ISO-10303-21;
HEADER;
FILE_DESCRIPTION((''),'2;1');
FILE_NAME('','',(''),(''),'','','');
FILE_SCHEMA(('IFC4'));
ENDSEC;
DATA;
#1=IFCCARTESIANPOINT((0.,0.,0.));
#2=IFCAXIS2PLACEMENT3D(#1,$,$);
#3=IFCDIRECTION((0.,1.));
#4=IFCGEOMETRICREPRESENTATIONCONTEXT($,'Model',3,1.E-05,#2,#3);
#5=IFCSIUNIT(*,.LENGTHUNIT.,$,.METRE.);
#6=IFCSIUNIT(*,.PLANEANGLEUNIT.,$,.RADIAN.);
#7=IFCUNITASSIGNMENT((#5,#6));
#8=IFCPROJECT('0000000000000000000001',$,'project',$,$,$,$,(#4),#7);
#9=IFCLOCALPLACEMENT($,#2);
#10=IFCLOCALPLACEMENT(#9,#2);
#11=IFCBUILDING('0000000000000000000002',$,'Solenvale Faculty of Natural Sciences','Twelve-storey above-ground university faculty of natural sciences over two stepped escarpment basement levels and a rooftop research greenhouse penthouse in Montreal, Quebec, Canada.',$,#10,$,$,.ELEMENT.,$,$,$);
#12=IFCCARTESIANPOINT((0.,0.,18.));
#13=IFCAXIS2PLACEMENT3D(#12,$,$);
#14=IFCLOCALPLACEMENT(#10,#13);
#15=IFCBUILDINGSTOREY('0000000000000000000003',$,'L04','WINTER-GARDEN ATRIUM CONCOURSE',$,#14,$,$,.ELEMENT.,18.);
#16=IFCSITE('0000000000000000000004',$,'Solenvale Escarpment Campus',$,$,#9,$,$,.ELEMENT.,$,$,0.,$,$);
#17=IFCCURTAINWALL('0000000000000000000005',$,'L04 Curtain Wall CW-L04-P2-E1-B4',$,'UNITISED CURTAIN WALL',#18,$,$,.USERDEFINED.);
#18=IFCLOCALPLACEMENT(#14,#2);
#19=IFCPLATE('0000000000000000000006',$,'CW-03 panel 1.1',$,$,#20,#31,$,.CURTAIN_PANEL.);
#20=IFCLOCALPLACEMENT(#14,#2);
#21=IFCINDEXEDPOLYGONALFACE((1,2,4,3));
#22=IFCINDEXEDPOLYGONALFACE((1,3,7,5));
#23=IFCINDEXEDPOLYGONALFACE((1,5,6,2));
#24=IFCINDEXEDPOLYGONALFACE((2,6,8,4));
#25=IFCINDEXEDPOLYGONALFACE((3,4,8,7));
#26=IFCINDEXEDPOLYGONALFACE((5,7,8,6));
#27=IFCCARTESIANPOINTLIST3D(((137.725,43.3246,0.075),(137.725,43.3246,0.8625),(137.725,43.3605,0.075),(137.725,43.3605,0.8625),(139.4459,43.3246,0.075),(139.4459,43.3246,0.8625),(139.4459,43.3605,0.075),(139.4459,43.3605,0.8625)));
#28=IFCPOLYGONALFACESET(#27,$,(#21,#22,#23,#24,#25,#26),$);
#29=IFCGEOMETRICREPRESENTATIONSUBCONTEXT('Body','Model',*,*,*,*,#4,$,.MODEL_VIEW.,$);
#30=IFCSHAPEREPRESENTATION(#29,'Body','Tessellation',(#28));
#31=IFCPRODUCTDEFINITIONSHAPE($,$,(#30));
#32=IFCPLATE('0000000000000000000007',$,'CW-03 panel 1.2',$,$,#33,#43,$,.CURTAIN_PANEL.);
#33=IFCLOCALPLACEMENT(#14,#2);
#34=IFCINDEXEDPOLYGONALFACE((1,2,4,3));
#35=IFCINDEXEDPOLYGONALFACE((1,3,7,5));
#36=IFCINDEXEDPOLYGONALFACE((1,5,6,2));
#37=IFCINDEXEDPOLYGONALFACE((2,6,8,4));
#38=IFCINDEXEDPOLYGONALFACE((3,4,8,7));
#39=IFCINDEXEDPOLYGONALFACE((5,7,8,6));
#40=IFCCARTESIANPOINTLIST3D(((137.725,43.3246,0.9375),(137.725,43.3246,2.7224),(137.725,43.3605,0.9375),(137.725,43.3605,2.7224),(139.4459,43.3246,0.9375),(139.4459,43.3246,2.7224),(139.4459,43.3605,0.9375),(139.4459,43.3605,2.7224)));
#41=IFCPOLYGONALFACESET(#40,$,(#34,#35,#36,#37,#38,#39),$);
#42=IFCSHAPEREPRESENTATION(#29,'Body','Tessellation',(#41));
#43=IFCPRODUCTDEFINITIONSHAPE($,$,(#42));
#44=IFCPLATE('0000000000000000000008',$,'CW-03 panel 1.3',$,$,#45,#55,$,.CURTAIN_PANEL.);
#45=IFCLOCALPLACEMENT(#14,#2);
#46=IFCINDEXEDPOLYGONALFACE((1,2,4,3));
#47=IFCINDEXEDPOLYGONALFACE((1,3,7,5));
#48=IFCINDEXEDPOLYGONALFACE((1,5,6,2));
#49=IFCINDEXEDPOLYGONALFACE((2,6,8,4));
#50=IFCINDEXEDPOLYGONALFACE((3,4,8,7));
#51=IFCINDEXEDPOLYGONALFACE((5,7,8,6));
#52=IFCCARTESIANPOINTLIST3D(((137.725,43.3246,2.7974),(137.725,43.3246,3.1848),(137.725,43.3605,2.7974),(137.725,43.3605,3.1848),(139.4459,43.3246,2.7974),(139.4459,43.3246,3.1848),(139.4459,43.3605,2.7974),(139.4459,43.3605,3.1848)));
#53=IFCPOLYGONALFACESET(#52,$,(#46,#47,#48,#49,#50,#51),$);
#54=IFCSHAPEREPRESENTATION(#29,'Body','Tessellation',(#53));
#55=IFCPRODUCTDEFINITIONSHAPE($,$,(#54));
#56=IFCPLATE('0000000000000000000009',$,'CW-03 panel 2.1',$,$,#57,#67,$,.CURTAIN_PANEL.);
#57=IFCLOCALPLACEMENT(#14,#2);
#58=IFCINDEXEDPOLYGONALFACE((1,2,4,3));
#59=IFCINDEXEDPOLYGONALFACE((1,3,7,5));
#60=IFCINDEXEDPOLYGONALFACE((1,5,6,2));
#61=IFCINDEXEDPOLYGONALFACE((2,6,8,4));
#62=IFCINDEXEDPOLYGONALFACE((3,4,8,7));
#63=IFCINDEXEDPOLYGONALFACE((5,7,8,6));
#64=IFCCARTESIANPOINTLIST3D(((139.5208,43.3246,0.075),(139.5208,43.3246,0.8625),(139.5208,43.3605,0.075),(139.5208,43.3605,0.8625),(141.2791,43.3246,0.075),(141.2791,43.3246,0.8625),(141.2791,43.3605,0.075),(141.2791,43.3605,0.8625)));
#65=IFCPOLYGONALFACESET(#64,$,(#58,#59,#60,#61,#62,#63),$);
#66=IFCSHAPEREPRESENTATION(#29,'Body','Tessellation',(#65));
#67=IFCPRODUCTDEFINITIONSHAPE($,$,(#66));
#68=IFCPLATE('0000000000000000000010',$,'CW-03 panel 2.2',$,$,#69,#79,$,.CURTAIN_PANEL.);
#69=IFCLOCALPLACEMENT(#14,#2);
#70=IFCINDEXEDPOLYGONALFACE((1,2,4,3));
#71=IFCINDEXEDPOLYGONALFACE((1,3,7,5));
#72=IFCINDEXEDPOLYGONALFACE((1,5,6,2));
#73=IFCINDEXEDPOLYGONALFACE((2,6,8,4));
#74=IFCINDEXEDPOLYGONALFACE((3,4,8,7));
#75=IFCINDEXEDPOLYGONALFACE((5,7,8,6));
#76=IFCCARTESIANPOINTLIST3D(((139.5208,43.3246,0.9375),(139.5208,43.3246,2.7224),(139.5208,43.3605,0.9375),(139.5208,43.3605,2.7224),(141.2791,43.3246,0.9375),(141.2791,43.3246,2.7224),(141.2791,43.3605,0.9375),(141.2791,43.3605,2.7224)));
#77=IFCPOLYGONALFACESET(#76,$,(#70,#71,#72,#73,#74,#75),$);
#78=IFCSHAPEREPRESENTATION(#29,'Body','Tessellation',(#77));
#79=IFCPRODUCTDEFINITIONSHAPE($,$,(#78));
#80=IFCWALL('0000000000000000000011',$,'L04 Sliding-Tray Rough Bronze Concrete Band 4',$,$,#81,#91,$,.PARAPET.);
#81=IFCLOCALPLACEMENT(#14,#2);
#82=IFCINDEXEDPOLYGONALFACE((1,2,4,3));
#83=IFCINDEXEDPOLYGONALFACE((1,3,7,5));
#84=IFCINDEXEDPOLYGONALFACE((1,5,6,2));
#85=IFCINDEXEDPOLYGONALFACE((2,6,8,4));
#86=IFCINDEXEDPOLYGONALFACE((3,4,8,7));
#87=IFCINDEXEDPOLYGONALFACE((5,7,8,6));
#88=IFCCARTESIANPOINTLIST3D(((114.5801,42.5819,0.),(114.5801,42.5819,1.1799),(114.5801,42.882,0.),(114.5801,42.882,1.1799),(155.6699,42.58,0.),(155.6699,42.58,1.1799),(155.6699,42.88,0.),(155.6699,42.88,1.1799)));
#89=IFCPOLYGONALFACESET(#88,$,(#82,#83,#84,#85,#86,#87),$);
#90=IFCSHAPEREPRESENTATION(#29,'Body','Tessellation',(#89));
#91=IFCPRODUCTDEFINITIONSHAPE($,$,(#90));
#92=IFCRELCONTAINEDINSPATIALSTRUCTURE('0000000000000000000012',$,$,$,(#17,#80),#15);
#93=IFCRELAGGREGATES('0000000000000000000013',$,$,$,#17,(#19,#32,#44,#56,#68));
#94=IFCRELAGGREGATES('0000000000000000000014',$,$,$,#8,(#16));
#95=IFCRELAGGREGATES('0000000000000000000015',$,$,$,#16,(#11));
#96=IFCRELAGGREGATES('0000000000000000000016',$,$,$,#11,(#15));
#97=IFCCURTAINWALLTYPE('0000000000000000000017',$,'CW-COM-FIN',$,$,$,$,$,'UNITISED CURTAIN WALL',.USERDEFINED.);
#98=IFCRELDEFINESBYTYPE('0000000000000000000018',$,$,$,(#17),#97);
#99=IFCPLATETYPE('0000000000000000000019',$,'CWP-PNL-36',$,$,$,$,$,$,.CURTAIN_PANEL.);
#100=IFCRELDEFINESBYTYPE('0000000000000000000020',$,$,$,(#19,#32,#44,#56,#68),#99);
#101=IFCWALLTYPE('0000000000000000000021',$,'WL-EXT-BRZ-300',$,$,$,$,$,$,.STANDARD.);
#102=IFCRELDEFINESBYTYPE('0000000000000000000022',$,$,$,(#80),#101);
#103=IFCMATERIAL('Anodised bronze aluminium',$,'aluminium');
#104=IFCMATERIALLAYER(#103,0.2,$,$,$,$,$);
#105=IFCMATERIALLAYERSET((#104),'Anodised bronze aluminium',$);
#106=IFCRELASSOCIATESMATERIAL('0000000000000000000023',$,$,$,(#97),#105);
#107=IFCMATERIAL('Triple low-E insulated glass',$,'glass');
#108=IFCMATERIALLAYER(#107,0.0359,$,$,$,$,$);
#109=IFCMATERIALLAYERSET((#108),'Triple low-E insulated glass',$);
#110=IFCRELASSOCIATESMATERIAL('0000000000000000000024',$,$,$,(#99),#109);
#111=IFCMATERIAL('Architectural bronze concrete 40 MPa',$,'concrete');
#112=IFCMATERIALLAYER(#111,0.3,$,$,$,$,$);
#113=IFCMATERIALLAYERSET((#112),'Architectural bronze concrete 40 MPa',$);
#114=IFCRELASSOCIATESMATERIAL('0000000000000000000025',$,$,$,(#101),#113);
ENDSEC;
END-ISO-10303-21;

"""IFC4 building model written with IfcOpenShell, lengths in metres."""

from ifc_helpers import new_model, si_unit, direction, frame, frame_2d, origin, origin_2d, place, context, subcontext, project, spatial, rectangle, extrude, material, layer, layer_set, type_object, element, aggregate, save


model = new_model("IFC4")

# Units and contexts
model_context = context("Model", 3, precision=1e-05, world=origin(), true_north=direction((0.0, 1.0)))
body_context = subcontext(model_context, "Body", "Model", "MODEL_VIEW")
ifc_project = project(units=[si_unit("LENGTHUNIT", "METRE"), si_unit("PLANEANGLEUNIT", "RADIAN")], contexts=[model_context])

# Site, building, storey
site_placement = place(None, origin())
site = spatial("IfcSite", under=ifc_project, at=site_placement, Name="Solenvale Escarpment Campus", CompositionType="ELEMENT", RefElevation=0.0)
building_placement = place(site_placement, origin())
building = spatial("IfcBuilding", under=site, at=building_placement, Name="Solenvale Faculty of Natural Sciences", Description="Twelve-storey above-ground university faculty of natural sciences over two stepped escarpment basement levels and a rooftop research greenhouse penthouse in Montreal, Quebec, Canada.", CompositionType="ELEMENT")
storey_placement = place(building_placement, frame((0.0, 0.0, 18.0)))
storey = spatial("IfcBuildingStorey", under=building, at=storey_placement, Name="L04", Description="WINTER-GARDEN ATRIUM CONCOURSE", CompositionType="ELEMENT", Elevation=18.0)

# Curtain wall, plates
ifc_material_1 = material(Name="Anodised bronze aluminium", Category="aluminium")
ifc_layer_1 = layer(ifc_material_1, 0.2)
ifc_layer_set_1 = layer_set([ifc_layer_1], Name="Anodised bronze aluminium")
curtain_wall_type = type_object("IfcCurtainWallType", Name="CW-COM-FIN", ElementType="UNITISED CURTAIN WALL", PredefinedType="USERDEFINED", material=ifc_layer_set_1)
curtain_wall_placement = place(storey_placement, origin())
curtain_wall = element("IfcCurtainWall", 1, at=curtain_wall_placement, inside=storey, type_object=curtain_wall_type, Name="L04 Curtain Wall CW-L04-P2-E1-B4", ObjectType="UNITISED CURTAIN WALL", PredefinedType="USERDEFINED")
ifc_material_2 = material(Name="Triple low-E insulated glass", Category="glass")
ifc_layer_2 = layer(ifc_material_2, 0.0359)
ifc_layer_set_2 = layer_set([ifc_layer_2], Name="Triple low-E insulated glass")
plate_type = type_object("IfcPlateType", Name="CWP-PNL-36", PredefinedType="CURTAIN_PANEL", material=ifc_layer_set_2)
plate_1_placement = place(storey_placement, frame((138.5854, 43.3425, 0.075), z_axis=(0.0, 0.0, 1.0), x_axis=(1.0, 0.0, 0.0)))
plate_1 = element("IfcPlate", 2, at=plate_1_placement, type_object=plate_type, Name="CW-03 panel 1.1", PredefinedType="CURTAIN_PANEL", context=body_context, shape_type="SweptSolid", body=[
    extrude(rectangle(XDim=1.7209, YDim=0.0359, at=origin_2d()), origin(), (0.0, 0.0, 1.0), 0.7876),
])
plate_2_placement = place(storey_placement, frame((138.5854, 43.3425, 0.9375), z_axis=(0.0, 0.0, 1.0), x_axis=(1.0, 0.0, 0.0)))
plate_2 = element("IfcPlate", 3, at=plate_2_placement, type_object=plate_type, Name="CW-03 panel 1.2", PredefinedType="CURTAIN_PANEL", context=body_context, shape_type="SweptSolid", body=[
    extrude(rectangle(XDim=1.7209, YDim=0.0359, at=origin_2d()), origin(), (0.0, 0.0, 1.0), 1.7849),
])
plate_3_placement = place(storey_placement, frame((138.5854, 43.3425, 2.7974), z_axis=(0.0, 0.0, 1.0), x_axis=(1.0, 0.0, 0.0)))
plate_3 = element("IfcPlate", 4, at=plate_3_placement, type_object=plate_type, Name="CW-03 panel 1.3", PredefinedType="CURTAIN_PANEL", context=body_context, shape_type="SweptSolid", body=[
    extrude(rectangle(XDim=1.7209, YDim=0.0359, at=origin_2d()), origin(), (0.0, 0.0, 1.0), 0.3875),
])
plate_4_placement = place(storey_placement, frame((140.3999, 43.3425, 0.075), z_axis=(0.0, 0.0, 1.0), x_axis=(1.0, 0.0, 0.0)))
plate_4 = element("IfcPlate", 5, at=plate_4_placement, type_object=plate_type, Name="CW-03 panel 2.1", PredefinedType="CURTAIN_PANEL", context=body_context, shape_type="SweptSolid", body=[
    extrude(rectangle(XDim=1.7583, YDim=0.0359, at=origin_2d()), origin(), (0.0, 0.0, 1.0), 0.7876),
])
plate_5_placement = place(storey_placement, frame((140.3999, 43.3425, 0.9375), z_axis=(0.0, 0.0, 1.0), x_axis=(1.0, 0.0, 0.0)))
plate_5 = element("IfcPlate", 6, at=plate_5_placement, type_object=plate_type, Name="CW-03 panel 2.2", PredefinedType="CURTAIN_PANEL", context=body_context, shape_type="SweptSolid", body=[
    extrude(rectangle(XDim=1.7583, YDim=0.0359, at=origin_2d()), origin(), (0.0, 0.0, 1.0), 1.7849),
])
aggregate(curtain_wall, [plate_1, plate_2, plate_3, plate_4, plate_5])

# Wall
ifc_material_3 = material(Name="Architectural bronze concrete 40 MPa", Category="concrete")
ifc_layer_3 = layer(ifc_material_3, 0.3)
ifc_layer_set_3 = layer_set([ifc_layer_3], Name="Architectural bronze concrete 40 MPa")
wall_type = type_object("IfcWallType", Name="WL-EXT-BRZ-300", PredefinedType="STANDARD", material=ifc_layer_set_3)
wall_placement = place(storey_placement, frame((155.6699, 42.73, 0.0), z_axis=(0.0, 0.0, 1.0), x_axis=(-1.0, 0.000048, 0.0)))
element("IfcWall", 7, at=wall_placement, inside=storey, type_object=wall_type, Name="L04 Sliding-Tray Rough Bronze Concrete Band 4", PredefinedType="PARAPET", context=body_context, shape_type="SweptSolid", body=[
    extrude(rectangle(XDim=41.0898, YDim=0.3, at=frame_2d((20.5449, 0.0))), origin(), (0.0, 0.0, 1.0), 1.1799),
])

save(model, "model.ifc")
